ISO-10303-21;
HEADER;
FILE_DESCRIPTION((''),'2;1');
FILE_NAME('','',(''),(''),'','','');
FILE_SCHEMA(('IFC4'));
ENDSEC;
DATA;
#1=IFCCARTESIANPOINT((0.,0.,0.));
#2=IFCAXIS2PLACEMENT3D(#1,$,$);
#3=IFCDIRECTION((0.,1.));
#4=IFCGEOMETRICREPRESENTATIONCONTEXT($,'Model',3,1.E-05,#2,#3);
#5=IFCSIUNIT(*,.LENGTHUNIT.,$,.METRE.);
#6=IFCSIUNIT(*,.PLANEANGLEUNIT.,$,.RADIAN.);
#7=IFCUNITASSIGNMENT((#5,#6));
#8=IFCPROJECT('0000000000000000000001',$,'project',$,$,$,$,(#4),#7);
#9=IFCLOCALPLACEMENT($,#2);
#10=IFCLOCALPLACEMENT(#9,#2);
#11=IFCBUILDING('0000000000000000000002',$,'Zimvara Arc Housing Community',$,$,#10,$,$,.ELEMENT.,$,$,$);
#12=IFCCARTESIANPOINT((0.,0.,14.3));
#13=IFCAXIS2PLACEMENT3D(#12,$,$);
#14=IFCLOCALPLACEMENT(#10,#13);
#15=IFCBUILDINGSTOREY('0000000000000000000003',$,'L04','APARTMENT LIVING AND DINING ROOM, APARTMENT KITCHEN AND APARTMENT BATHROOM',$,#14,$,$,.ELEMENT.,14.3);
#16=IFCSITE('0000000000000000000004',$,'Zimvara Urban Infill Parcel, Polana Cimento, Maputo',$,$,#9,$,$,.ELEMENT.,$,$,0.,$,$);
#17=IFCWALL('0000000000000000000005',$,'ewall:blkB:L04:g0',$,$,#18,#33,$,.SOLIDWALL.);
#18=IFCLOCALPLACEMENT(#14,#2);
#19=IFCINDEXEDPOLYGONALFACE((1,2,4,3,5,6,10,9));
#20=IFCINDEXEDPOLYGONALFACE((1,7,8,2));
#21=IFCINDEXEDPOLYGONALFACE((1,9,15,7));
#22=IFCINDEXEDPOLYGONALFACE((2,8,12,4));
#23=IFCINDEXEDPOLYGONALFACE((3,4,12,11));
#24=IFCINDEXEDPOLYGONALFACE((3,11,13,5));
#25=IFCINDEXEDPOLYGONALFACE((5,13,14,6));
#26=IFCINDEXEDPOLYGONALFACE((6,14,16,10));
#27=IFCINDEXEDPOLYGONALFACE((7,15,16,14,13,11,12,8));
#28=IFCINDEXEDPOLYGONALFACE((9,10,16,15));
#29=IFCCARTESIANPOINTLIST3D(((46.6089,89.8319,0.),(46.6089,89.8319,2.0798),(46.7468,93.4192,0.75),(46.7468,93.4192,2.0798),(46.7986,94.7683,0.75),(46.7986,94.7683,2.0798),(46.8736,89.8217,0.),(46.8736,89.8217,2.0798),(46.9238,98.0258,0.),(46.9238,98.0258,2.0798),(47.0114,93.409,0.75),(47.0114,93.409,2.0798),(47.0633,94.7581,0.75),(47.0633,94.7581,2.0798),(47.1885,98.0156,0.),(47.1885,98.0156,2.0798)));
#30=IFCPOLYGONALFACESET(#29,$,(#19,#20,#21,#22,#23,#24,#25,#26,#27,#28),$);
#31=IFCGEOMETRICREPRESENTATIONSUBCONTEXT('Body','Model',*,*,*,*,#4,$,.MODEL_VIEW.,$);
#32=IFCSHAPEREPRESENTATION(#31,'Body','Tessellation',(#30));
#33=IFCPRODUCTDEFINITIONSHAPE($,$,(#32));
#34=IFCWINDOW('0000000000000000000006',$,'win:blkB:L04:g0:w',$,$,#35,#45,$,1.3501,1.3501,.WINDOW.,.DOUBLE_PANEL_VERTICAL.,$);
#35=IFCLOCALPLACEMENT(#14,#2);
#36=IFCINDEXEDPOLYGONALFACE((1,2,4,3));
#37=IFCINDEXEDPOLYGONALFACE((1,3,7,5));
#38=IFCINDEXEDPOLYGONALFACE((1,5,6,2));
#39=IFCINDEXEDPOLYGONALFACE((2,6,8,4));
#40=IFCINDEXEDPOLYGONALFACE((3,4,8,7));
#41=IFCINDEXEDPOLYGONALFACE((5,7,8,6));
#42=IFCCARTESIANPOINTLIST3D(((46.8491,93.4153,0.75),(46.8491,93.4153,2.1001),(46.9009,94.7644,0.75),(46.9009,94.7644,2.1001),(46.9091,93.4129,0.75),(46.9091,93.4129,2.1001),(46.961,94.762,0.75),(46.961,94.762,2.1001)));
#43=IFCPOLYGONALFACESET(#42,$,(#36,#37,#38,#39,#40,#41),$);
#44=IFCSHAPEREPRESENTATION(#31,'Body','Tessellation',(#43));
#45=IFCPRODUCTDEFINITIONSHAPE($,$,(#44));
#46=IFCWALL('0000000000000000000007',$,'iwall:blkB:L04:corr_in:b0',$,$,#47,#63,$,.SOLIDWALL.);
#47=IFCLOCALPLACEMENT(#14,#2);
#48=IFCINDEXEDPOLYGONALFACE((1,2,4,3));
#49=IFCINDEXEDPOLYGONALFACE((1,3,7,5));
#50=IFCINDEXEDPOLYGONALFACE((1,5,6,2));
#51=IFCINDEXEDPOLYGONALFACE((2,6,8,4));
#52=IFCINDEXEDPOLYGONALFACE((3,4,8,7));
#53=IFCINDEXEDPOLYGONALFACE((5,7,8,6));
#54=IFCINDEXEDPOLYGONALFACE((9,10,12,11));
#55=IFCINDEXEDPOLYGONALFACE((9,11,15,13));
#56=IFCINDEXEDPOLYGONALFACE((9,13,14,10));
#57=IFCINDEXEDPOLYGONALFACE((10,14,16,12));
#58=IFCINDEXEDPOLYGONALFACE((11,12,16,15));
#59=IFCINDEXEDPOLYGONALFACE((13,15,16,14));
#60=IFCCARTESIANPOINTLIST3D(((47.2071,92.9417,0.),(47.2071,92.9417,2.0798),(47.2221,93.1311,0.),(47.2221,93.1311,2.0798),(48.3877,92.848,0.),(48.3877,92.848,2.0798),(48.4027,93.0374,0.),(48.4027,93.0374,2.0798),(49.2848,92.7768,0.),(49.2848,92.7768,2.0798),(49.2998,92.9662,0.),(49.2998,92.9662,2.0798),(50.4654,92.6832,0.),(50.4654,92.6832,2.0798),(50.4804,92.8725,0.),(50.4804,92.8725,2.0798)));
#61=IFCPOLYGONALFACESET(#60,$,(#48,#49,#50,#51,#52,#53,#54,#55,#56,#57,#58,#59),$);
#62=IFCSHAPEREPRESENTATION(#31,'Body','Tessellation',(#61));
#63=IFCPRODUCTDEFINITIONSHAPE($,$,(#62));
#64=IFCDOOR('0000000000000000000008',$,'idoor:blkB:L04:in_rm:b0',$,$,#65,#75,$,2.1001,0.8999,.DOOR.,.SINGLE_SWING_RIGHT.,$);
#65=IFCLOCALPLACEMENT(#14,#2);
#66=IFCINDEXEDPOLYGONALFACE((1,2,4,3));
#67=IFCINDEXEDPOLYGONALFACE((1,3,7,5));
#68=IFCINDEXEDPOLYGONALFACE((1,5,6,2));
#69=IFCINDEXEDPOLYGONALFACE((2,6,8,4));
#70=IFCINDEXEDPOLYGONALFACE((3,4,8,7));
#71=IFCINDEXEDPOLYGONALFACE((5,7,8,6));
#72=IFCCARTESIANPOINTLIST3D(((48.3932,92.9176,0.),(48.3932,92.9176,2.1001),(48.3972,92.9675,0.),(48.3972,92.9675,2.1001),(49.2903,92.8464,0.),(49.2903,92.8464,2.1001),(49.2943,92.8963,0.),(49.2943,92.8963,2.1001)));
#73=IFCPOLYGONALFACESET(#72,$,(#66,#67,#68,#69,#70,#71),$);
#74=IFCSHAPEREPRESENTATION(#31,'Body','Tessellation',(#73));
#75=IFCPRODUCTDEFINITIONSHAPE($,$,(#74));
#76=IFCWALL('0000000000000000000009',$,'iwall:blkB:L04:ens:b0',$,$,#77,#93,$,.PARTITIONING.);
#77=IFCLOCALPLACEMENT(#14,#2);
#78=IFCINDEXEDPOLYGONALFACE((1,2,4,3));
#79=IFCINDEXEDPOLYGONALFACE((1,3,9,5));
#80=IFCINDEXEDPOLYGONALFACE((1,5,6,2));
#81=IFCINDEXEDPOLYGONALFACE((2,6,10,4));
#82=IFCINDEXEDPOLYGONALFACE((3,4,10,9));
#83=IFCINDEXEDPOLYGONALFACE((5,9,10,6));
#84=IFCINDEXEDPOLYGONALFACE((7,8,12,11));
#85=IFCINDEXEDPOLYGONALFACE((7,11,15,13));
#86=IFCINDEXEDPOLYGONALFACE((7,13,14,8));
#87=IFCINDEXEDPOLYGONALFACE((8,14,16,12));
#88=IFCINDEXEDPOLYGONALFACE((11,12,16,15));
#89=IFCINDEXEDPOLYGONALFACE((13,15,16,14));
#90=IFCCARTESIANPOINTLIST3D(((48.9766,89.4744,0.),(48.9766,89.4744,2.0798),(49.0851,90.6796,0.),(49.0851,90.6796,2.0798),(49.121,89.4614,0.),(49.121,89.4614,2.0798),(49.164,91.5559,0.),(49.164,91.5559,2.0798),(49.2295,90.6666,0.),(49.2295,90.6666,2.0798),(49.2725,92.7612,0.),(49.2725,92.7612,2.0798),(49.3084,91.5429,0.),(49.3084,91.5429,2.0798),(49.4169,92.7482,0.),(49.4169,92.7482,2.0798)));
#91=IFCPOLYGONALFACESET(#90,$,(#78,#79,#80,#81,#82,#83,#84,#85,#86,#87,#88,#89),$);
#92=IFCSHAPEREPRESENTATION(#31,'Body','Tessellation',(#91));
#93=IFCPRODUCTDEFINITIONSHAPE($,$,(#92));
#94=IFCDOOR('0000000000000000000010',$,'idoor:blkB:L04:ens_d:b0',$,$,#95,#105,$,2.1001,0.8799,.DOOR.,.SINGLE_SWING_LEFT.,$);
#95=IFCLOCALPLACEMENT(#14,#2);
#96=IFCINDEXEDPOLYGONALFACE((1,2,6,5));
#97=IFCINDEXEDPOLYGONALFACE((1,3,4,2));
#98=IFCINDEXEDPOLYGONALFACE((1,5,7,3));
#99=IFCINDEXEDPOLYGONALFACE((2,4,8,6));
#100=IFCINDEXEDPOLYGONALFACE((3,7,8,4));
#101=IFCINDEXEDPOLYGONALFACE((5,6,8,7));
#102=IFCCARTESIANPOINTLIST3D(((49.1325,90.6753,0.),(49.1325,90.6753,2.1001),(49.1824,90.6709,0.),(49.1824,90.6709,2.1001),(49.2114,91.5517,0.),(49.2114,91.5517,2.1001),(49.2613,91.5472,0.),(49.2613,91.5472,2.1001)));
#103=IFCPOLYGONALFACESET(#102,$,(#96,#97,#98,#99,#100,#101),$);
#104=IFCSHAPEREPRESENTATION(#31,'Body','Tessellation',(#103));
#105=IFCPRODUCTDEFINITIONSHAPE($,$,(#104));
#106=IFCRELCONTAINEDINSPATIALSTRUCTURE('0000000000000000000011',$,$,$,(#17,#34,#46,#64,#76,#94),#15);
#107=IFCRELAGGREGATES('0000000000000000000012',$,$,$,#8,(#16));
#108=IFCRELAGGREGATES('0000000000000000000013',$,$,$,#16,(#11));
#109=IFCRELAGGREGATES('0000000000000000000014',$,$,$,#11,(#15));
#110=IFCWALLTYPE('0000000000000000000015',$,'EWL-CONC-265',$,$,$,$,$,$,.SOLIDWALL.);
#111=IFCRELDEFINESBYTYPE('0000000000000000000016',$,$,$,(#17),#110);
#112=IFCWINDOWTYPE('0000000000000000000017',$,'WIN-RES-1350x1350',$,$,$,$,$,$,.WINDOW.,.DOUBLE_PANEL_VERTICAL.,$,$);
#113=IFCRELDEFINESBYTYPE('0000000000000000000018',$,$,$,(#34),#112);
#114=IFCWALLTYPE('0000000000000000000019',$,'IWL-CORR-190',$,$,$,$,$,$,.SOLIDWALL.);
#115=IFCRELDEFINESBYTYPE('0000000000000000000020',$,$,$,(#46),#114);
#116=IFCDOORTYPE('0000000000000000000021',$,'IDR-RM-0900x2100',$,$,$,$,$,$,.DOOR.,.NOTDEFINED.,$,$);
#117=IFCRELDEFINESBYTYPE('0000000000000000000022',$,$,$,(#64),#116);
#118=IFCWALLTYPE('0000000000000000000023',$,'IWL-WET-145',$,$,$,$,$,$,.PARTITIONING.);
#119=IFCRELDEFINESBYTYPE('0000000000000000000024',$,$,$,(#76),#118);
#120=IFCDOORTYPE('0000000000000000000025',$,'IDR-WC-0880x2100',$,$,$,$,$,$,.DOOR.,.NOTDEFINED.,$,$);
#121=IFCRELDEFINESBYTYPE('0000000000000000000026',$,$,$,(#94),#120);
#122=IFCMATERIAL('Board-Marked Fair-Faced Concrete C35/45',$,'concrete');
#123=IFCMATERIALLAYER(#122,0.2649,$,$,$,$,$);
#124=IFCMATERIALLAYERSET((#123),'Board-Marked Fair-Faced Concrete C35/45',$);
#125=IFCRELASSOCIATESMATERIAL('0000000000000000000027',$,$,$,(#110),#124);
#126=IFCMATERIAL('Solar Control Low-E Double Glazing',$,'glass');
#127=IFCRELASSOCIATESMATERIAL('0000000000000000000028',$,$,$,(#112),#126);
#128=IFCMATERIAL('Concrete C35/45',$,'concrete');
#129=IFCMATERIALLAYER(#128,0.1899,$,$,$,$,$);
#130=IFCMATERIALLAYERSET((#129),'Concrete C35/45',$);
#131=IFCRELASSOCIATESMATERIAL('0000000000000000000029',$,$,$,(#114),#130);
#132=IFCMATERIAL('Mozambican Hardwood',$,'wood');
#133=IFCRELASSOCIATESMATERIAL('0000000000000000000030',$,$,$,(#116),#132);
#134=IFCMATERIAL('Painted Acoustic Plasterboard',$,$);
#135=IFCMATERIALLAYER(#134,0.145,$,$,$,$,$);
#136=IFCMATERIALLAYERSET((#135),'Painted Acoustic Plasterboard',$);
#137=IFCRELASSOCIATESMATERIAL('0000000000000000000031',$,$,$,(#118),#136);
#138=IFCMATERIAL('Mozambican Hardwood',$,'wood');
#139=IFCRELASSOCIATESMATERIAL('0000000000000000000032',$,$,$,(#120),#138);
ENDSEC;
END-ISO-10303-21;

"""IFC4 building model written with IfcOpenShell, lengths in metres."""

from ifc_helpers import new_model, si_unit, direction, frame, frame_2d, origin, place, context, subcontext, project, spatial, rectangle, extrude, material, layer, layer_set, type_object, element, fill, save


model = new_model("IFC4")

# Units and contexts
model_context = context("Model", 3, precision=1e-05, world=origin(), true_north=direction((0.0, 1.0)))
body_context = subcontext(model_context, "Body", "Model", "MODEL_VIEW")
ifc_project = project(units=[si_unit("LENGTHUNIT", "METRE"), si_unit("PLANEANGLEUNIT", "RADIAN")], contexts=[model_context])

# Site, building, storey
site_placement = place(None, origin())
site = spatial("IfcSite", under=ifc_project, at=site_placement, Name="Zimvara Urban Infill Parcel, Polana Cimento, Maputo", CompositionType="ELEMENT", RefElevation=0.0)
building_placement = place(site_placement, origin())
building = spatial("IfcBuilding", under=site, at=building_placement, Name="Zimvara Arc Housing Community", CompositionType="ELEMENT")
storey_placement = place(building_placement, frame((0.0, 0.0, 14.3)))
storey = spatial("IfcBuildingStorey", under=building, at=storey_placement, Name="L04", Description="APARTMENT LIVING AND DINING ROOM, APARTMENT KITCHEN AND APARTMENT BATHROOM", CompositionType="ELEMENT", Elevation=14.3)

# Wall, opening, window
ifc_material_1 = material(Name="Board-Marked Fair-Faced Concrete C35/45", Category="concrete")
ifc_layer_1 = layer(ifc_material_1, 0.2649)
ifc_layer_set_1 = layer_set([ifc_layer_1], Name="Board-Marked Fair-Faced Concrete C35/45")
wall_type_1 = type_object("IfcWallType", Name="EWL-CONC-265", PredefinedType="SOLIDWALL", material=ifc_layer_set_1)
wall_1_placement = place(storey_placement, frame((46.7412, 89.8267, 0.0), z_axis=(0.0, 0.0, 1.0), x_axis=(0.038408, 0.999262, 0.0)))
wall_1 = element("IfcWall", 1, at=wall_1_placement, inside=storey, type_object=wall_type_1, Name="ewall:blkB:L04:g0", PredefinedType="SOLIDWALL", context=body_context, shape_type="SweptSolid", body=[
    extrude(rectangle(XDim=8.2, YDim=0.2649, at=frame_2d((4.1001, 0.0))), origin(), (0.0, 0.0, 1.0), 2.0798),
])
opening_1_placement = place(wall_1_placement, frame((3.5901, 0.0, 0.75)))
opening_1 = element("IfcOpeningElement", 2, at=opening_1_placement, cuts=wall_1, PredefinedType="OPENING", context=body_context, shape_type="SweptSolid", body=[
    extrude(rectangle(XDim=1.3501, YDim=1.3501, at=frame_2d((0.675, 0.675))), frame((0.0, 0.1423, 0.0), z_axis=(0.0, -1.0, 0.0), x_axis=(1.0, 0.0, 0.0)), (0.0, 0.0, 1.0), 0.2849),
])
ifc_material_2 = material(Name="Solar Control Low-E Double Glazing", Category="glass")
window_type_1 = type_object("IfcWindowType", Name="WIN-RES-1350x1350", PartitioningType="DOUBLE_PANEL_VERTICAL", PredefinedType="WINDOW", material=ifc_material_2)
window_1_placement = place(opening_1_placement, origin())
window_1 = element("IfcWindow", 3, at=window_1_placement, inside=storey, type_object=window_type_1, Name="win:blkB:L04:g0:w", OverallHeight=1.3501, OverallWidth=1.3501, PartitioningType="DOUBLE_PANEL_VERTICAL", PredefinedType="WINDOW", context=body_context, shape_type="SweptSolid", body=[
    extrude(rectangle(XDim=1.3501, YDim=1.3501, at=frame_2d((0.675, 0.675))), frame((0.0, 0.03, 0.0), z_axis=(0.0, -1.0, 0.0), x_axis=(1.0, 0.0, 0.0)), (0.0, 0.0, 1.0), 0.0601),
])
fill(opening_1, window_1)

# Walls, openings, doors
ifc_material_3 = material(Name="Concrete C35/45", Category="concrete")
ifc_layer_2 = layer(ifc_material_3, 0.1899)
ifc_layer_set_2 = layer_set([ifc_layer_2], Name="Concrete C35/45")
wall_type_2 = type_object("IfcWallType", Name="IWL-CORR-190", PredefinedType="SOLIDWALL", material=ifc_layer_set_2)
wall_2_placement = place(storey_placement, frame((47.2146, 93.0364, 0.0), z_axis=(0.0, 0.0, 1.0), x_axis=(0.996867, -0.079101, 0.0)))
wall_2 = element("IfcWall", 4, at=wall_2_placement, inside=storey, type_object=wall_type_2, Name="iwall:blkB:L04:corr_in:b0", PredefinedType="SOLIDWALL", context=body_context, shape_type="SweptSolid", body=[
    extrude(rectangle(XDim=3.2686, YDim=0.1899, at=frame_2d((1.6343, 0.0))), origin(), (0.0, 0.0, 1.0), 2.0798),
])
opening_2_placement = place(wall_2_placement, frame((1.1843, 0.0, 0.0)))
opening_2 = element("IfcOpeningElement", 5, at=opening_2_placement, cuts=wall_2, PredefinedType="OPENING", context=body_context, shape_type="SweptSolid", body=[
    extrude(rectangle(XDim=0.8999, YDim=2.1001, at=frame_2d((0.45, 1.05))), frame((0.0, 0.105, 0.0), z_axis=(0.0, -1.0, 0.0), x_axis=(1.0, 0.0, 0.0)), (0.0, 0.0, 1.0), 0.21),
])
ifc_material_4 = material(Name="Mozambican Hardwood", Category="wood")
door_type_1 = type_object("IfcDoorType", Name="IDR-RM-0900x2100", OperationType="NOTDEFINED", PredefinedType="DOOR", material=ifc_material_4)
door_1_placement = place(opening_2_placement, origin())
door_1 = element("IfcDoor", 6, at=door_1_placement, inside=storey, type_object=door_type_1, Name="idoor:blkB:L04:in_rm:b0", OperationType="SINGLE_SWING_RIGHT", OverallHeight=2.1001, OverallWidth=0.8999, PredefinedType="DOOR", context=body_context, shape_type="SweptSolid", body=[
    extrude(rectangle(XDim=0.8999, YDim=2.1001, at=frame_2d((0.45, 1.05))), frame((0.0, 0.0249, 0.0), z_axis=(0.0, -1.0, 0.0), x_axis=(1.0, 0.0, 0.0)), (0.0, 0.0, 1.0), 0.05),
])
fill(opening_2, door_1)
ifc_material_5 = material(Name="Painted Acoustic Plasterboard")
ifc_layer_3 = layer(ifc_material_5, 0.145)
ifc_layer_set_3 = layer_set([ifc_layer_3], Name="Painted Acoustic Plasterboard")
wall_type_3 = type_object("IfcWallType", Name="IWL-WET-145", PredefinedType="PARTITIONING", material=ifc_layer_set_3)
wall_3_placement = place(storey_placement, frame((49.0488, 89.468, 0.0), z_axis=(0.0, 0.0, 1.0), x_axis=(0.089662, 0.995972, 0.0)))
wall_3 = element("IfcWall", 7, at=wall_3_placement, inside=storey, type_object=wall_type_3, Name="iwall:blkB:L04:ens:b0", PredefinedType="PARTITIONING", context=body_context, shape_type="SweptSolid", body=[
    extrude(rectangle(XDim=3.3, YDim=0.145, at=frame_2d((1.6499, 0.0))), origin(), (0.0, 0.0, 1.0), 2.0798),
])
opening_3_placement = place(wall_3_placement, frame((1.21, 0.0, 0.0)))
opening_3 = element("IfcOpeningElement", 8, at=opening_3_placement, cuts=wall_3, PredefinedType="OPENING", context=body_context, shape_type="SweptSolid", body=[
    extrude(rectangle(XDim=0.8799, YDim=2.1001, at=frame_2d((0.4399, 1.05))), frame((0.0, 0.0825, 0.0), z_axis=(0.0, -1.0, 0.0), x_axis=(1.0, 0.0, 0.0)), (0.0, 0.0, 1.0), 0.165),
])
ifc_material_6 = material(Name="Mozambican Hardwood", Category="wood")
door_type_2 = type_object("IfcDoorType", Name="IDR-WC-0880x2100", OperationType="NOTDEFINED", PredefinedType="DOOR", material=ifc_material_6)
door_2_placement = place(opening_3_placement, origin())
door_2 = element("IfcDoor", 9, at=door_2_placement, inside=storey, type_object=door_type_2, Name="idoor:blkB:L04:ens_d:b0", OperationType="SINGLE_SWING_LEFT", OverallHeight=2.1001, OverallWidth=0.8799, PredefinedType="DOOR", context=body_context, shape_type="SweptSolid", body=[
    extrude(rectangle(XDim=0.8799, YDim=2.1001, at=frame_2d((0.4399, 1.05))), frame((0.0, 0.0249, 0.0), z_axis=(0.0, -1.0, 0.0), x_axis=(1.0, 0.0, 0.0)), (0.0, 0.0, 1.0), 0.05),
])
fill(opening_3, door_2)

save(model, "model.ifc")
